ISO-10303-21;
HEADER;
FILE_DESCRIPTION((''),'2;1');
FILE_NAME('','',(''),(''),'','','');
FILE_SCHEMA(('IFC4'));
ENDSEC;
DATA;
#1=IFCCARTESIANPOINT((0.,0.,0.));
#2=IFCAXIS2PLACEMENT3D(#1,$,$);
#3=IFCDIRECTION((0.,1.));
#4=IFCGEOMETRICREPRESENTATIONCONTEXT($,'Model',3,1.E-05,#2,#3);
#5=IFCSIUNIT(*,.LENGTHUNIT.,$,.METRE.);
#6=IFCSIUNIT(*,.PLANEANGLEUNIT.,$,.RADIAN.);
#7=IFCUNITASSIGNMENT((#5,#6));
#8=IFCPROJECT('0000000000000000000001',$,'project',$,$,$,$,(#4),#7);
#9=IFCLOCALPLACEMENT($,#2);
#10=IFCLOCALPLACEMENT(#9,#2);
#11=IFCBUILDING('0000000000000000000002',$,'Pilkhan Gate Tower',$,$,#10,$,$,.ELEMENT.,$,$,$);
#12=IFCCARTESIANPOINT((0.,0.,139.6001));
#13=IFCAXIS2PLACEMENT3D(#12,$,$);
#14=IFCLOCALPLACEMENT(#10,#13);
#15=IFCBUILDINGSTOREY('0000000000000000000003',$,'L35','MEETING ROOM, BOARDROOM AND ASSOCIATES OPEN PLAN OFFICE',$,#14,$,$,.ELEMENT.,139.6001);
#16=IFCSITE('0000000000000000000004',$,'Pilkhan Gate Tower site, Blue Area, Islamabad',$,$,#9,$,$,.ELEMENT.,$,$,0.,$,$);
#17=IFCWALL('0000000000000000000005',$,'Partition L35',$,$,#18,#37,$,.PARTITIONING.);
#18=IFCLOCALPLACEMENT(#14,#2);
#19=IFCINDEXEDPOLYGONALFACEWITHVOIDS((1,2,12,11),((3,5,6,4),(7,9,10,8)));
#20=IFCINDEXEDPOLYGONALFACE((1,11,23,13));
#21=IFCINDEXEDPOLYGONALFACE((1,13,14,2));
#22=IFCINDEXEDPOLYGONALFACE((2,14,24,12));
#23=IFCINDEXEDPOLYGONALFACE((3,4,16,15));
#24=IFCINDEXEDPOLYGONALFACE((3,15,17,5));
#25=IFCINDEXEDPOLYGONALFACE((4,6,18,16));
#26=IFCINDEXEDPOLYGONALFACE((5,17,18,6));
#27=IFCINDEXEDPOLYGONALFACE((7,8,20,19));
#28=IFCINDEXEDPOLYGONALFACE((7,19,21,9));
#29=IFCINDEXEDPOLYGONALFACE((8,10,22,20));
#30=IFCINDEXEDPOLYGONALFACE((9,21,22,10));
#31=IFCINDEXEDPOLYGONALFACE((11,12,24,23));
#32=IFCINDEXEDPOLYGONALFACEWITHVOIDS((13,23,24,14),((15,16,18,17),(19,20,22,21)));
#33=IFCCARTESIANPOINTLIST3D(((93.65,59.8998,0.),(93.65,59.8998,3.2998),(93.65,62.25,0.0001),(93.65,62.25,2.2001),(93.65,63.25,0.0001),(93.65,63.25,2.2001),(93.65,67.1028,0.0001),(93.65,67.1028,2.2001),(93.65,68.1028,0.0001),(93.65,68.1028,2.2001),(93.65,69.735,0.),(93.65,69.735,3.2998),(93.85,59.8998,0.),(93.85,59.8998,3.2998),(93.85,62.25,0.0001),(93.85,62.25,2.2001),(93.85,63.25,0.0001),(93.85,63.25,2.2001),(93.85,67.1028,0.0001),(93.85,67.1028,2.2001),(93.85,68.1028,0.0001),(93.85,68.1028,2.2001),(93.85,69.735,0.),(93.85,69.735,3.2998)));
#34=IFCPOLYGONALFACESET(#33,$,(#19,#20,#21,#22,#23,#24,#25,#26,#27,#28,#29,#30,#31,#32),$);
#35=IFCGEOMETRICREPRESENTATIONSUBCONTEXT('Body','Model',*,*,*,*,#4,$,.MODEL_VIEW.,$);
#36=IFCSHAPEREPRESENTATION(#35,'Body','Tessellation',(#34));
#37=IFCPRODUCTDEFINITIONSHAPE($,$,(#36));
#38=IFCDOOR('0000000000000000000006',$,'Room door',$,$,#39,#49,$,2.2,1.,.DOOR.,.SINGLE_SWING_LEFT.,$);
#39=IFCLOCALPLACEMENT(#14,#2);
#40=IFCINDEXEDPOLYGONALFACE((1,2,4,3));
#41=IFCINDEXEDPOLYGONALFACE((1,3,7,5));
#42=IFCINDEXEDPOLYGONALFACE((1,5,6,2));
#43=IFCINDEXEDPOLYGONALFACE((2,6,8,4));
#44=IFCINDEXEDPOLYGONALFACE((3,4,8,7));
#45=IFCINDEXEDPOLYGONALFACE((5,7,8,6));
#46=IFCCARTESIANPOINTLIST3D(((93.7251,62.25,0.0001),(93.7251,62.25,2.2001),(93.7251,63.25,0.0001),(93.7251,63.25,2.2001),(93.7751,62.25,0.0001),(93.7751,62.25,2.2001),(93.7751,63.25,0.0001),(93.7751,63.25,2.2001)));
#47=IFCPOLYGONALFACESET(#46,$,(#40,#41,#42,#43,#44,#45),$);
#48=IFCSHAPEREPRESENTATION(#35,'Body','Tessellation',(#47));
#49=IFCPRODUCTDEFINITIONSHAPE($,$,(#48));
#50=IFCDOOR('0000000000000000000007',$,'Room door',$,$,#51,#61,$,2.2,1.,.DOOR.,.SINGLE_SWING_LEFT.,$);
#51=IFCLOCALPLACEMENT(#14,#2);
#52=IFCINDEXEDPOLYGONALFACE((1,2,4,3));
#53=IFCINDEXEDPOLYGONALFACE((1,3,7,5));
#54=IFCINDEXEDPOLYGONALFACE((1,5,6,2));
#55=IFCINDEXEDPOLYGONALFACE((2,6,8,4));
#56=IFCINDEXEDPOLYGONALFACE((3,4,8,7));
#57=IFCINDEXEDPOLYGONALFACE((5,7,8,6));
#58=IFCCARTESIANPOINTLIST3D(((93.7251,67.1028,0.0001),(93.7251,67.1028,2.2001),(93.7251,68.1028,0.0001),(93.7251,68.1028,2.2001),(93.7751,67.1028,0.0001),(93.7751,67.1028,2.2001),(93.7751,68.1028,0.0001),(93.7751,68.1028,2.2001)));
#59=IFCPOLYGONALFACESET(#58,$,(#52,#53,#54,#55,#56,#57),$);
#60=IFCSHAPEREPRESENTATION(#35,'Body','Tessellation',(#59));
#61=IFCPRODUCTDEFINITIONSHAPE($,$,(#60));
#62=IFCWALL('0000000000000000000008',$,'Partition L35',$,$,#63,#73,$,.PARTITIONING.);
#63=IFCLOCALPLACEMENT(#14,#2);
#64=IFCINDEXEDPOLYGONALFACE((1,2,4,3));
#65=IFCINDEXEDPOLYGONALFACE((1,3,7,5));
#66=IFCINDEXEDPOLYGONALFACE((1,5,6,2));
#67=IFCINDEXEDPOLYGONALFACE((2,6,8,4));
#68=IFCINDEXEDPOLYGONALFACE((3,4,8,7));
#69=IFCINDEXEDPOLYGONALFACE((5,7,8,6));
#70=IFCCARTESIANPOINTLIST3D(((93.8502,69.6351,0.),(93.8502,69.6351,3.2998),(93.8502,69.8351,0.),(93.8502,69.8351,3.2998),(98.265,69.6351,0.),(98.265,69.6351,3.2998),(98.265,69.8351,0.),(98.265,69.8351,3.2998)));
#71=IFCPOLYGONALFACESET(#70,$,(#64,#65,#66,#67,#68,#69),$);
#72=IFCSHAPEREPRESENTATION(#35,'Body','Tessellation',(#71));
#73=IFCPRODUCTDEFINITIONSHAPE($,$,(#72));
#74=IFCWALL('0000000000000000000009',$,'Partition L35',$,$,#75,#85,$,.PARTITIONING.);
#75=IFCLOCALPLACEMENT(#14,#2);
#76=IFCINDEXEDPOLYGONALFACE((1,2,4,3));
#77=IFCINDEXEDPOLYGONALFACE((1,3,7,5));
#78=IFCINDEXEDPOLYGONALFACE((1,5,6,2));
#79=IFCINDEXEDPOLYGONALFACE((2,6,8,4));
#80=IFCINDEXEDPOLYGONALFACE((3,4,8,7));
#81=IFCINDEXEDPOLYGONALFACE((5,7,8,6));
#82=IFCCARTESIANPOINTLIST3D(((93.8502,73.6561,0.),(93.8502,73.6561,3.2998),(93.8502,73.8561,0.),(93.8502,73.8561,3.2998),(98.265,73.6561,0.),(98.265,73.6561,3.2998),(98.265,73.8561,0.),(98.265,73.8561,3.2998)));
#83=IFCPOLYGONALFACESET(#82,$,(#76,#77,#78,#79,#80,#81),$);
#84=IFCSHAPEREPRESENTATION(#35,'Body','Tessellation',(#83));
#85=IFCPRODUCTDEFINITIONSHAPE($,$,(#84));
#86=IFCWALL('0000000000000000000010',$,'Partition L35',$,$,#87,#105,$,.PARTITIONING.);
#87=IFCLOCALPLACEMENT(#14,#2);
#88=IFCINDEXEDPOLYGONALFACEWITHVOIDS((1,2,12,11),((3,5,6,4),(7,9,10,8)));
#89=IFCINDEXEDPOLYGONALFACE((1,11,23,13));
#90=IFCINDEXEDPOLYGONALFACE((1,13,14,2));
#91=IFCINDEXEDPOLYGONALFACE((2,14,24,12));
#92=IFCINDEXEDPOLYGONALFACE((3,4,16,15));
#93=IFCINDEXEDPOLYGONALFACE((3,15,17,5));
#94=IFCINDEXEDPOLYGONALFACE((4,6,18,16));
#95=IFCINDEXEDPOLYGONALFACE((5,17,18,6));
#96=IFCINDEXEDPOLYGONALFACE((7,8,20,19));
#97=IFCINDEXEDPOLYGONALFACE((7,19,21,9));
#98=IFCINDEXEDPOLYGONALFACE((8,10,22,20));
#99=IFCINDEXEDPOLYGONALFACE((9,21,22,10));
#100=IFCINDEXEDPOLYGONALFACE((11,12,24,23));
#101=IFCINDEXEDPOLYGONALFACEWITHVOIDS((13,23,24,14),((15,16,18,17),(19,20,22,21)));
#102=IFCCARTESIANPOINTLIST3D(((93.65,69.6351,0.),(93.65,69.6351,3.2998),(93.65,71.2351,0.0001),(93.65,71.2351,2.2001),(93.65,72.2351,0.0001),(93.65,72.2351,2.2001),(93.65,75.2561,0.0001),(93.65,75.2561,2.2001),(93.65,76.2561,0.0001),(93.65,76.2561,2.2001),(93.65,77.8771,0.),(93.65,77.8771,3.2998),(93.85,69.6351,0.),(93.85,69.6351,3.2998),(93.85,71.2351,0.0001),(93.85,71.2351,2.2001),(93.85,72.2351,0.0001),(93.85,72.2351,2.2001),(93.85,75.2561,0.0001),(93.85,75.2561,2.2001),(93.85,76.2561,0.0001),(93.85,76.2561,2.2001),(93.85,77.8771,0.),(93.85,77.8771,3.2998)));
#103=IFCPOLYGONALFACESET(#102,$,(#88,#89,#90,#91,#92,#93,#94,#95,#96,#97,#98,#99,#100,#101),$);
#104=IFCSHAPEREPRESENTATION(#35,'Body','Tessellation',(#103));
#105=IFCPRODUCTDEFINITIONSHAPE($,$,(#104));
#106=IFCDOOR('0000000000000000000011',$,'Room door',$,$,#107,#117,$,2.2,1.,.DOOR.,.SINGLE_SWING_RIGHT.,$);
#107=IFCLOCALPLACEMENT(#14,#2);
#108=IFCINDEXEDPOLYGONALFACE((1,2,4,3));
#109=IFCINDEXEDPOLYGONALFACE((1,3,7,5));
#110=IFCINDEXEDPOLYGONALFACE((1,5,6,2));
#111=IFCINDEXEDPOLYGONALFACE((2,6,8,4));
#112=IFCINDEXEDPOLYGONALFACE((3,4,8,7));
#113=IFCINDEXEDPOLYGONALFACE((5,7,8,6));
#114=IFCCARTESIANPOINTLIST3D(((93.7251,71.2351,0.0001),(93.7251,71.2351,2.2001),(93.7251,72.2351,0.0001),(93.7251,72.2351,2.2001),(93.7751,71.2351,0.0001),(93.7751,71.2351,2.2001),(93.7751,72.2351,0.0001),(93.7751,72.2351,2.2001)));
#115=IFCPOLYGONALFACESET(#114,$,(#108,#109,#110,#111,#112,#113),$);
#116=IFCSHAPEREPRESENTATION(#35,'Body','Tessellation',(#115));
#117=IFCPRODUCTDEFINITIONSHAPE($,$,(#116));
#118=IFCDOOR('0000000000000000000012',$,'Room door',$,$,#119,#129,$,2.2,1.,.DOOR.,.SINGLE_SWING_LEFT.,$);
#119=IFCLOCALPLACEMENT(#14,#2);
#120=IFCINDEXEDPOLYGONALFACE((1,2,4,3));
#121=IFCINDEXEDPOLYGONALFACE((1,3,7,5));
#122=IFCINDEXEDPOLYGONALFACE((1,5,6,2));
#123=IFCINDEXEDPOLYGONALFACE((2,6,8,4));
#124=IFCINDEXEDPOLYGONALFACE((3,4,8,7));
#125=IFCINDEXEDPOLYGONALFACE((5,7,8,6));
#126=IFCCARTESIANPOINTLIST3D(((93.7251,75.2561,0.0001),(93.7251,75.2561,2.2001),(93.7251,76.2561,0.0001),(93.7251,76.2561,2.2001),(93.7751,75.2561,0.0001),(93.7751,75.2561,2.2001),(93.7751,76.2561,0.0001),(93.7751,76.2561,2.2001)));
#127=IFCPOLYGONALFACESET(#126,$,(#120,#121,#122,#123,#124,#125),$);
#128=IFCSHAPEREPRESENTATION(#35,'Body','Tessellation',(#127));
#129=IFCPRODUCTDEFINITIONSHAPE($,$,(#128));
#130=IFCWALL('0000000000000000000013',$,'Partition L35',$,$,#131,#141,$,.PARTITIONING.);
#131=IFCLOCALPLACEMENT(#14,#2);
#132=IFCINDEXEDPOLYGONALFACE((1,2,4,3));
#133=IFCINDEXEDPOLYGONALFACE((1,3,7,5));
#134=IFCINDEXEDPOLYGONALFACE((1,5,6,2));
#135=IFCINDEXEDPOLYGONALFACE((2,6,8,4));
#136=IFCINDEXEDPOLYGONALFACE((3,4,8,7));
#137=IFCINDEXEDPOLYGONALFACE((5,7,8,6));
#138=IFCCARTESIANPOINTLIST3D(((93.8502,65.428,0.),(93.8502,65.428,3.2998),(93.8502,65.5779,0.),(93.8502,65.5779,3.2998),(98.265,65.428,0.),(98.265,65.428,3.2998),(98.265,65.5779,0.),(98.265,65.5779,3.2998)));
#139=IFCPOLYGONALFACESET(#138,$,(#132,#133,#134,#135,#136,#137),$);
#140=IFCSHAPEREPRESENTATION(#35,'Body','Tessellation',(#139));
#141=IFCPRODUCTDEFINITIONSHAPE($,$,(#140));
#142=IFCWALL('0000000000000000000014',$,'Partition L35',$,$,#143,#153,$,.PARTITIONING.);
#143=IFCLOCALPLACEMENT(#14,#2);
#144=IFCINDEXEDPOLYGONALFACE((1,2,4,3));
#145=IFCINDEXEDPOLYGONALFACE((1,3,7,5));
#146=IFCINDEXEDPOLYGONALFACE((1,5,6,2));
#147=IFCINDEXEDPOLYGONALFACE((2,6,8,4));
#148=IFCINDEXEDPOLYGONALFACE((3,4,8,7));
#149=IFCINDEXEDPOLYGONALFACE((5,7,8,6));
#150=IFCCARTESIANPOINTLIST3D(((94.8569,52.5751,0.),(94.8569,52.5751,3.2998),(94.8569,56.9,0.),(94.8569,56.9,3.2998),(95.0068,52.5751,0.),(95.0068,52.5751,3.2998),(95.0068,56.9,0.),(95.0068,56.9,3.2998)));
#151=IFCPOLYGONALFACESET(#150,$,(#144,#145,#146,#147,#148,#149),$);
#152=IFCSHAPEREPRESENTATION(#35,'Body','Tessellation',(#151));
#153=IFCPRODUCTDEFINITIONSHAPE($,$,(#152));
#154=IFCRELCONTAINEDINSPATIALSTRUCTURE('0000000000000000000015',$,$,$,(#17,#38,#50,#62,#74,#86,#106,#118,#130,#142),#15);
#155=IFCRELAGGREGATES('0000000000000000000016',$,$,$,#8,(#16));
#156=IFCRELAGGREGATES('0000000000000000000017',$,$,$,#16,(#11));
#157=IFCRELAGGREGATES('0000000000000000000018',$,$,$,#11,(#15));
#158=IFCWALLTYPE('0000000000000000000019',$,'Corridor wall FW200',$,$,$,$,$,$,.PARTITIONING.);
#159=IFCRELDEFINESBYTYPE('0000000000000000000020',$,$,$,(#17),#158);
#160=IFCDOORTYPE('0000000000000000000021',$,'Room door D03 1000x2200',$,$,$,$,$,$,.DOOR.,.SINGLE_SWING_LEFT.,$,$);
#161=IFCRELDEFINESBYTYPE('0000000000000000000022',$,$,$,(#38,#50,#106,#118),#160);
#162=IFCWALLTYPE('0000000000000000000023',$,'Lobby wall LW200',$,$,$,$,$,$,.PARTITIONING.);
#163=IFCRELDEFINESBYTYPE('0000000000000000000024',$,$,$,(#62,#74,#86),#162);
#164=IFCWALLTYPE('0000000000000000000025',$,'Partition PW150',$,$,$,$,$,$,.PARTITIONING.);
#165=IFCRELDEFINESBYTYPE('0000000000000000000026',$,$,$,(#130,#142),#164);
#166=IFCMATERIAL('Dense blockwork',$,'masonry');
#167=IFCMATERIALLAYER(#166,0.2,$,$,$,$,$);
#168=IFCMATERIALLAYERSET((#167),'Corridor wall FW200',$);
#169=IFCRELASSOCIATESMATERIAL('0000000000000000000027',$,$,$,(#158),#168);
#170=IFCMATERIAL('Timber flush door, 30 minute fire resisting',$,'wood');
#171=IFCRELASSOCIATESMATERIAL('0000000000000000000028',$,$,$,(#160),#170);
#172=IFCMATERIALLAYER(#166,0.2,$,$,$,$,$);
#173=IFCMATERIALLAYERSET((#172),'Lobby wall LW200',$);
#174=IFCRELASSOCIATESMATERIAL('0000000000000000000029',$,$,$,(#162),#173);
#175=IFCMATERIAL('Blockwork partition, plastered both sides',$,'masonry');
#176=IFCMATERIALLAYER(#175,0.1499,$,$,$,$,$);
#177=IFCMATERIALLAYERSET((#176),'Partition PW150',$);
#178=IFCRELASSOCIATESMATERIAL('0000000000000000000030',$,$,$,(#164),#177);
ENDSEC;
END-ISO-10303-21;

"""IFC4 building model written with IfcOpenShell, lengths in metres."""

from ifc_helpers import new_model, si_unit, direction, frame, frame_2d, origin, place, context, subcontext, project, spatial, rectangle, extrude, material, layer, layer_set, type_object, element, fill, save


model = new_model("IFC4")

# Units and contexts
model_context = context("Model", 3, precision=1e-05, world=origin(), true_north=direction((0.0, 1.0)))
body_context = subcontext(model_context, "Body", "Model", "MODEL_VIEW")
ifc_project = project(units=[si_unit("LENGTHUNIT", "METRE"), si_unit("PLANEANGLEUNIT", "RADIAN")], contexts=[model_context])

# Site, building, storey
site_placement = place(None, origin())
site = spatial("IfcSite", under=ifc_project, at=site_placement, Name="Pilkhan Gate Tower site, Blue Area, Islamabad", CompositionType="ELEMENT", RefElevation=0.0)
building_placement = place(site_placement, origin())
building = spatial("IfcBuilding", under=site, at=building_placement, Name="Pilkhan Gate Tower", CompositionType="ELEMENT")
storey_placement = place(building_placement, frame((0.0, 0.0, 139.6001)))
storey = spatial("IfcBuildingStorey", under=building, at=storey_placement, Name="L35", Description="MEETING ROOM, BOARDROOM AND ASSOCIATES OPEN PLAN OFFICE", CompositionType="ELEMENT", Elevation=139.6001)

# Shared definitions
ifc_material_1 = material(Name="Dense blockwork", Category="masonry")
ifc_layer_1 = layer(ifc_material_1, 0.2)
ifc_layer_set_1 = layer_set([ifc_layer_1], Name="Corridor wall FW200")
wall_type_1 = type_object("IfcWallType", Name="Corridor wall FW200", PredefinedType="PARTITIONING", material=ifc_layer_set_1)

# Wall, openings, doors
wall_1_placement = place(storey_placement, frame((93.75, 59.8999, 0.0), z_axis=(0.0, 0.0, 1.0), x_axis=(0.0, 1.0, 0.0)))
wall_1 = element("IfcWall", 1, at=wall_1_placement, inside=storey, type_object=wall_type_1, Name="Partition L35", PredefinedType="PARTITIONING", context=body_context, shape_type="SweptSolid", body=[
    extrude(rectangle(XDim=9.8352, YDim=0.2, at=frame_2d((4.9175, 0.0))), origin(), (0.0, 0.0, 1.0), 3.2998),
])
opening_1_placement = place(wall_1_placement, frame((2.3501, 0.0, 0.0)))
opening_1 = element("IfcOpeningElement", 2, at=opening_1_placement, cuts=wall_1, PredefinedType="OPENING", context=body_context, shape_type="SweptSolid", body=[
    extrude(rectangle(XDim=1.0, YDim=2.2, at=frame_2d((0.5, 1.1001))), frame((0.0, 0.1099, 0.0), z_axis=(0.0, -1.0, 0.0), x_axis=(1.0, 0.0, 0.0)), (0.0, 0.0, 1.0), 0.22),
])
opening_2_placement = place(wall_1_placement, frame((7.2029, 0.0, 0.0)))
opening_2 = element("IfcOpeningElement", 3, at=opening_2_placement, cuts=wall_1, PredefinedType="OPENING", context=body_context, shape_type="SweptSolid", body=[
    extrude(rectangle(XDim=1.0, YDim=2.2, at=frame_2d((0.5, 1.1001))), frame((0.0, 0.1099, 0.0), z_axis=(0.0, -1.0, 0.0), x_axis=(1.0, 0.0, 0.0)), (0.0, 0.0, 1.0), 0.22),
])
ifc_material_2 = material(Name="Timber flush door, 30 minute fire resisting", Category="wood")
door_type = type_object("IfcDoorType", Name="Room door D03 1000x2200", OperationType="SINGLE_SWING_LEFT", PredefinedType="DOOR", material=ifc_material_2)
door_1_placement = place(opening_1_placement, origin())
door_1 = element("IfcDoor", 4, at=door_1_placement, inside=storey, type_object=door_type, Name="Room door", OperationType="SINGLE_SWING_LEFT", OverallHeight=2.2, OverallWidth=1.0, PredefinedType="DOOR", context=body_context, shape_type="SweptSolid", body=[
    extrude(rectangle(XDim=1.0, YDim=2.2, at=frame_2d((0.5, 1.1001))), frame((0.0, 0.0249, 0.0), z_axis=(0.0, -1.0, 0.0), x_axis=(1.0, 0.0, 0.0)), (0.0, 0.0, 1.0), 0.05),
])
fill(opening_1, door_1)
door_2_placement = place(opening_2_placement, origin())
door_2 = element("IfcDoor", 5, at=door_2_placement, inside=storey, type_object=door_type, Name="Room door", OperationType="SINGLE_SWING_LEFT", OverallHeight=2.2, OverallWidth=1.0, PredefinedType="DOOR", context=body_context, shape_type="SweptSolid", body=[
    extrude(rectangle(XDim=1.0, YDim=2.2, at=frame_2d((0.5, 1.1001))), frame((0.0, 0.0249, 0.0), z_axis=(0.0, -1.0, 0.0), x_axis=(1.0, 0.0, 0.0)), (0.0, 0.0, 1.0), 0.05),
])
fill(opening_2, door_2)

# Walls
ifc_layer_2 = layer(ifc_material_1, 0.2)
ifc_layer_set_2 = layer_set([ifc_layer_2], Name="Lobby wall LW200")
wall_type_2 = type_object("IfcWallType", Name="Lobby wall LW200", PredefinedType="PARTITIONING", material=ifc_layer_set_2)
for number, where, z_axis, x_axis, name in (
    (6, (93.8501, 69.7351, 0.0), (0.0, 0.0, 1.0), (1.0, 0.0, 0.0), "Partition L35"),
    (7, (93.8501, 73.7561, 0.0), (0.0, 0.0, 1.0), (1.0, 0.0, 0.0), "Partition L35"),
):
    element("IfcWall", number, at=place(storey_placement, frame(where, z_axis=z_axis, x_axis=x_axis)), inside=storey, type_object=wall_type_2, Name=name, PredefinedType="PARTITIONING", context=body_context, shape_type="SweptSolid", body=[
        extrude(rectangle(XDim=4.4148, YDim=0.2, at=frame_2d((2.2075, 0.0))), origin(), (0.0, 0.0, 1.0), 3.2998),
    ])

# Wall, openings, doors
wall_2_placement = place(storey_placement, frame((93.75, 69.635, 0.0), z_axis=(0.0, 0.0, 1.0), x_axis=(0.0, 1.0, 0.0)))
wall_2 = element("IfcWall", 8, at=wall_2_placement, inside=storey, type_object=wall_type_2, Name="Partition L35", PredefinedType="PARTITIONING", context=body_context, shape_type="SweptSolid", body=[
    extrude(rectangle(XDim=8.2419, YDim=0.2, at=frame_2d((4.1211, 0.0))), origin(), (0.0, 0.0, 1.0), 3.2998),
])
opening_3_placement = place(wall_2_placement, frame((1.6001, 0.0, 0.0)))
opening_3 = element("IfcOpeningElement", 9, at=opening_3_placement, cuts=wall_2, PredefinedType="OPENING", context=body_context, shape_type="SweptSolid", body=[
    extrude(rectangle(XDim=1.0, YDim=2.2, at=frame_2d((0.5, 1.1001))), frame((0.0, 0.1099, 0.0), z_axis=(0.0, -1.0, 0.0), x_axis=(1.0, 0.0, 0.0)), (0.0, 0.0, 1.0), 0.22),
])
opening_4_placement = place(wall_2_placement, frame((5.6211, 0.0, 0.0)))
opening_4 = element("IfcOpeningElement", 10, at=opening_4_placement, cuts=wall_2, PredefinedType="OPENING", context=body_context, shape_type="SweptSolid", body=[
    extrude(rectangle(XDim=1.0, YDim=2.2, at=frame_2d((0.5, 1.1001))), frame((0.0, 0.1099, 0.0), z_axis=(0.0, -1.0, 0.0), x_axis=(1.0, 0.0, 0.0)), (0.0, 0.0, 1.0), 0.22),
])
door_3_placement = place(opening_3_placement, origin())
door_3 = element("IfcDoor", 11, at=door_3_placement, inside=storey, type_object=door_type, Name="Room door", OperationType="SINGLE_SWING_RIGHT", OverallHeight=2.2, OverallWidth=1.0, PredefinedType="DOOR", context=body_context, shape_type="SweptSolid", body=[
    extrude(rectangle(XDim=1.0, YDim=2.2, at=frame_2d((0.5, 1.1001))), frame((0.0, 0.0249, 0.0), z_axis=(0.0, -1.0, 0.0), x_axis=(1.0, 0.0, 0.0)), (0.0, 0.0, 1.0), 0.05),
])
fill(opening_3, door_3)
door_4_placement = place(opening_4_placement, origin())
door_4 = element("IfcDoor", 12, at=door_4_placement, inside=storey, type_object=door_type, Name="Room door", OperationType="SINGLE_SWING_LEFT", OverallHeight=2.2, OverallWidth=1.0, PredefinedType="DOOR", context=body_context, shape_type="SweptSolid", body=[
    extrude(rectangle(XDim=1.0, YDim=2.2, at=frame_2d((0.5, 1.1001))), frame((0.0, 0.0249, 0.0), z_axis=(0.0, -1.0, 0.0), x_axis=(1.0, 0.0, 0.0)), (0.0, 0.0, 1.0), 0.05),
])
fill(opening_4, door_4)

# Walls
ifc_material_3 = material(Name="Blockwork partition, plastered both sides", Category="masonry")
ifc_layer_3 = layer(ifc_material_3, 0.1499)
ifc_layer_set_3 = layer_set([ifc_layer_3], Name="Partition PW150")
wall_type_3 = type_object("IfcWallType", Name="Partition PW150", PredefinedType="PARTITIONING", material=ifc_layer_set_3)
wall_3_placement = place(storey_placement, frame((93.8501, 65.5029, 0.0), z_axis=(0.0, 0.0, 1.0), x_axis=(1.0, 0.0, 0.0)))
element("IfcWall", 13, at=wall_3_placement, inside=storey, type_object=wall_type_3, Name="Partition L35", PredefinedType="PARTITIONING", context=body_context, shape_type="SweptSolid", body=[
    extrude(rectangle(XDim=4.4148, YDim=0.1499, at=frame_2d((2.2075, 0.0))), origin(), (0.0, 0.0, 1.0), 3.2998),
])
wall_4_placement = place(storey_placement, frame((94.9319, 52.575, 0.0), z_axis=(0.0, 0.0, 1.0), x_axis=(0.0, 1.0, 0.0)))
element("IfcWall", 14, at=wall_4_placement, inside=storey, type_object=wall_type_3, Name="Partition L35", PredefinedType="PARTITIONING", context=body_context, shape_type="SweptSolid", body=[
    extrude(rectangle(XDim=4.325, YDim=0.1499, at=frame_2d((2.1626, 0.0))), origin(), (0.0, 0.0, 1.0), 3.2998),
])

save(model, "model.ifc")
